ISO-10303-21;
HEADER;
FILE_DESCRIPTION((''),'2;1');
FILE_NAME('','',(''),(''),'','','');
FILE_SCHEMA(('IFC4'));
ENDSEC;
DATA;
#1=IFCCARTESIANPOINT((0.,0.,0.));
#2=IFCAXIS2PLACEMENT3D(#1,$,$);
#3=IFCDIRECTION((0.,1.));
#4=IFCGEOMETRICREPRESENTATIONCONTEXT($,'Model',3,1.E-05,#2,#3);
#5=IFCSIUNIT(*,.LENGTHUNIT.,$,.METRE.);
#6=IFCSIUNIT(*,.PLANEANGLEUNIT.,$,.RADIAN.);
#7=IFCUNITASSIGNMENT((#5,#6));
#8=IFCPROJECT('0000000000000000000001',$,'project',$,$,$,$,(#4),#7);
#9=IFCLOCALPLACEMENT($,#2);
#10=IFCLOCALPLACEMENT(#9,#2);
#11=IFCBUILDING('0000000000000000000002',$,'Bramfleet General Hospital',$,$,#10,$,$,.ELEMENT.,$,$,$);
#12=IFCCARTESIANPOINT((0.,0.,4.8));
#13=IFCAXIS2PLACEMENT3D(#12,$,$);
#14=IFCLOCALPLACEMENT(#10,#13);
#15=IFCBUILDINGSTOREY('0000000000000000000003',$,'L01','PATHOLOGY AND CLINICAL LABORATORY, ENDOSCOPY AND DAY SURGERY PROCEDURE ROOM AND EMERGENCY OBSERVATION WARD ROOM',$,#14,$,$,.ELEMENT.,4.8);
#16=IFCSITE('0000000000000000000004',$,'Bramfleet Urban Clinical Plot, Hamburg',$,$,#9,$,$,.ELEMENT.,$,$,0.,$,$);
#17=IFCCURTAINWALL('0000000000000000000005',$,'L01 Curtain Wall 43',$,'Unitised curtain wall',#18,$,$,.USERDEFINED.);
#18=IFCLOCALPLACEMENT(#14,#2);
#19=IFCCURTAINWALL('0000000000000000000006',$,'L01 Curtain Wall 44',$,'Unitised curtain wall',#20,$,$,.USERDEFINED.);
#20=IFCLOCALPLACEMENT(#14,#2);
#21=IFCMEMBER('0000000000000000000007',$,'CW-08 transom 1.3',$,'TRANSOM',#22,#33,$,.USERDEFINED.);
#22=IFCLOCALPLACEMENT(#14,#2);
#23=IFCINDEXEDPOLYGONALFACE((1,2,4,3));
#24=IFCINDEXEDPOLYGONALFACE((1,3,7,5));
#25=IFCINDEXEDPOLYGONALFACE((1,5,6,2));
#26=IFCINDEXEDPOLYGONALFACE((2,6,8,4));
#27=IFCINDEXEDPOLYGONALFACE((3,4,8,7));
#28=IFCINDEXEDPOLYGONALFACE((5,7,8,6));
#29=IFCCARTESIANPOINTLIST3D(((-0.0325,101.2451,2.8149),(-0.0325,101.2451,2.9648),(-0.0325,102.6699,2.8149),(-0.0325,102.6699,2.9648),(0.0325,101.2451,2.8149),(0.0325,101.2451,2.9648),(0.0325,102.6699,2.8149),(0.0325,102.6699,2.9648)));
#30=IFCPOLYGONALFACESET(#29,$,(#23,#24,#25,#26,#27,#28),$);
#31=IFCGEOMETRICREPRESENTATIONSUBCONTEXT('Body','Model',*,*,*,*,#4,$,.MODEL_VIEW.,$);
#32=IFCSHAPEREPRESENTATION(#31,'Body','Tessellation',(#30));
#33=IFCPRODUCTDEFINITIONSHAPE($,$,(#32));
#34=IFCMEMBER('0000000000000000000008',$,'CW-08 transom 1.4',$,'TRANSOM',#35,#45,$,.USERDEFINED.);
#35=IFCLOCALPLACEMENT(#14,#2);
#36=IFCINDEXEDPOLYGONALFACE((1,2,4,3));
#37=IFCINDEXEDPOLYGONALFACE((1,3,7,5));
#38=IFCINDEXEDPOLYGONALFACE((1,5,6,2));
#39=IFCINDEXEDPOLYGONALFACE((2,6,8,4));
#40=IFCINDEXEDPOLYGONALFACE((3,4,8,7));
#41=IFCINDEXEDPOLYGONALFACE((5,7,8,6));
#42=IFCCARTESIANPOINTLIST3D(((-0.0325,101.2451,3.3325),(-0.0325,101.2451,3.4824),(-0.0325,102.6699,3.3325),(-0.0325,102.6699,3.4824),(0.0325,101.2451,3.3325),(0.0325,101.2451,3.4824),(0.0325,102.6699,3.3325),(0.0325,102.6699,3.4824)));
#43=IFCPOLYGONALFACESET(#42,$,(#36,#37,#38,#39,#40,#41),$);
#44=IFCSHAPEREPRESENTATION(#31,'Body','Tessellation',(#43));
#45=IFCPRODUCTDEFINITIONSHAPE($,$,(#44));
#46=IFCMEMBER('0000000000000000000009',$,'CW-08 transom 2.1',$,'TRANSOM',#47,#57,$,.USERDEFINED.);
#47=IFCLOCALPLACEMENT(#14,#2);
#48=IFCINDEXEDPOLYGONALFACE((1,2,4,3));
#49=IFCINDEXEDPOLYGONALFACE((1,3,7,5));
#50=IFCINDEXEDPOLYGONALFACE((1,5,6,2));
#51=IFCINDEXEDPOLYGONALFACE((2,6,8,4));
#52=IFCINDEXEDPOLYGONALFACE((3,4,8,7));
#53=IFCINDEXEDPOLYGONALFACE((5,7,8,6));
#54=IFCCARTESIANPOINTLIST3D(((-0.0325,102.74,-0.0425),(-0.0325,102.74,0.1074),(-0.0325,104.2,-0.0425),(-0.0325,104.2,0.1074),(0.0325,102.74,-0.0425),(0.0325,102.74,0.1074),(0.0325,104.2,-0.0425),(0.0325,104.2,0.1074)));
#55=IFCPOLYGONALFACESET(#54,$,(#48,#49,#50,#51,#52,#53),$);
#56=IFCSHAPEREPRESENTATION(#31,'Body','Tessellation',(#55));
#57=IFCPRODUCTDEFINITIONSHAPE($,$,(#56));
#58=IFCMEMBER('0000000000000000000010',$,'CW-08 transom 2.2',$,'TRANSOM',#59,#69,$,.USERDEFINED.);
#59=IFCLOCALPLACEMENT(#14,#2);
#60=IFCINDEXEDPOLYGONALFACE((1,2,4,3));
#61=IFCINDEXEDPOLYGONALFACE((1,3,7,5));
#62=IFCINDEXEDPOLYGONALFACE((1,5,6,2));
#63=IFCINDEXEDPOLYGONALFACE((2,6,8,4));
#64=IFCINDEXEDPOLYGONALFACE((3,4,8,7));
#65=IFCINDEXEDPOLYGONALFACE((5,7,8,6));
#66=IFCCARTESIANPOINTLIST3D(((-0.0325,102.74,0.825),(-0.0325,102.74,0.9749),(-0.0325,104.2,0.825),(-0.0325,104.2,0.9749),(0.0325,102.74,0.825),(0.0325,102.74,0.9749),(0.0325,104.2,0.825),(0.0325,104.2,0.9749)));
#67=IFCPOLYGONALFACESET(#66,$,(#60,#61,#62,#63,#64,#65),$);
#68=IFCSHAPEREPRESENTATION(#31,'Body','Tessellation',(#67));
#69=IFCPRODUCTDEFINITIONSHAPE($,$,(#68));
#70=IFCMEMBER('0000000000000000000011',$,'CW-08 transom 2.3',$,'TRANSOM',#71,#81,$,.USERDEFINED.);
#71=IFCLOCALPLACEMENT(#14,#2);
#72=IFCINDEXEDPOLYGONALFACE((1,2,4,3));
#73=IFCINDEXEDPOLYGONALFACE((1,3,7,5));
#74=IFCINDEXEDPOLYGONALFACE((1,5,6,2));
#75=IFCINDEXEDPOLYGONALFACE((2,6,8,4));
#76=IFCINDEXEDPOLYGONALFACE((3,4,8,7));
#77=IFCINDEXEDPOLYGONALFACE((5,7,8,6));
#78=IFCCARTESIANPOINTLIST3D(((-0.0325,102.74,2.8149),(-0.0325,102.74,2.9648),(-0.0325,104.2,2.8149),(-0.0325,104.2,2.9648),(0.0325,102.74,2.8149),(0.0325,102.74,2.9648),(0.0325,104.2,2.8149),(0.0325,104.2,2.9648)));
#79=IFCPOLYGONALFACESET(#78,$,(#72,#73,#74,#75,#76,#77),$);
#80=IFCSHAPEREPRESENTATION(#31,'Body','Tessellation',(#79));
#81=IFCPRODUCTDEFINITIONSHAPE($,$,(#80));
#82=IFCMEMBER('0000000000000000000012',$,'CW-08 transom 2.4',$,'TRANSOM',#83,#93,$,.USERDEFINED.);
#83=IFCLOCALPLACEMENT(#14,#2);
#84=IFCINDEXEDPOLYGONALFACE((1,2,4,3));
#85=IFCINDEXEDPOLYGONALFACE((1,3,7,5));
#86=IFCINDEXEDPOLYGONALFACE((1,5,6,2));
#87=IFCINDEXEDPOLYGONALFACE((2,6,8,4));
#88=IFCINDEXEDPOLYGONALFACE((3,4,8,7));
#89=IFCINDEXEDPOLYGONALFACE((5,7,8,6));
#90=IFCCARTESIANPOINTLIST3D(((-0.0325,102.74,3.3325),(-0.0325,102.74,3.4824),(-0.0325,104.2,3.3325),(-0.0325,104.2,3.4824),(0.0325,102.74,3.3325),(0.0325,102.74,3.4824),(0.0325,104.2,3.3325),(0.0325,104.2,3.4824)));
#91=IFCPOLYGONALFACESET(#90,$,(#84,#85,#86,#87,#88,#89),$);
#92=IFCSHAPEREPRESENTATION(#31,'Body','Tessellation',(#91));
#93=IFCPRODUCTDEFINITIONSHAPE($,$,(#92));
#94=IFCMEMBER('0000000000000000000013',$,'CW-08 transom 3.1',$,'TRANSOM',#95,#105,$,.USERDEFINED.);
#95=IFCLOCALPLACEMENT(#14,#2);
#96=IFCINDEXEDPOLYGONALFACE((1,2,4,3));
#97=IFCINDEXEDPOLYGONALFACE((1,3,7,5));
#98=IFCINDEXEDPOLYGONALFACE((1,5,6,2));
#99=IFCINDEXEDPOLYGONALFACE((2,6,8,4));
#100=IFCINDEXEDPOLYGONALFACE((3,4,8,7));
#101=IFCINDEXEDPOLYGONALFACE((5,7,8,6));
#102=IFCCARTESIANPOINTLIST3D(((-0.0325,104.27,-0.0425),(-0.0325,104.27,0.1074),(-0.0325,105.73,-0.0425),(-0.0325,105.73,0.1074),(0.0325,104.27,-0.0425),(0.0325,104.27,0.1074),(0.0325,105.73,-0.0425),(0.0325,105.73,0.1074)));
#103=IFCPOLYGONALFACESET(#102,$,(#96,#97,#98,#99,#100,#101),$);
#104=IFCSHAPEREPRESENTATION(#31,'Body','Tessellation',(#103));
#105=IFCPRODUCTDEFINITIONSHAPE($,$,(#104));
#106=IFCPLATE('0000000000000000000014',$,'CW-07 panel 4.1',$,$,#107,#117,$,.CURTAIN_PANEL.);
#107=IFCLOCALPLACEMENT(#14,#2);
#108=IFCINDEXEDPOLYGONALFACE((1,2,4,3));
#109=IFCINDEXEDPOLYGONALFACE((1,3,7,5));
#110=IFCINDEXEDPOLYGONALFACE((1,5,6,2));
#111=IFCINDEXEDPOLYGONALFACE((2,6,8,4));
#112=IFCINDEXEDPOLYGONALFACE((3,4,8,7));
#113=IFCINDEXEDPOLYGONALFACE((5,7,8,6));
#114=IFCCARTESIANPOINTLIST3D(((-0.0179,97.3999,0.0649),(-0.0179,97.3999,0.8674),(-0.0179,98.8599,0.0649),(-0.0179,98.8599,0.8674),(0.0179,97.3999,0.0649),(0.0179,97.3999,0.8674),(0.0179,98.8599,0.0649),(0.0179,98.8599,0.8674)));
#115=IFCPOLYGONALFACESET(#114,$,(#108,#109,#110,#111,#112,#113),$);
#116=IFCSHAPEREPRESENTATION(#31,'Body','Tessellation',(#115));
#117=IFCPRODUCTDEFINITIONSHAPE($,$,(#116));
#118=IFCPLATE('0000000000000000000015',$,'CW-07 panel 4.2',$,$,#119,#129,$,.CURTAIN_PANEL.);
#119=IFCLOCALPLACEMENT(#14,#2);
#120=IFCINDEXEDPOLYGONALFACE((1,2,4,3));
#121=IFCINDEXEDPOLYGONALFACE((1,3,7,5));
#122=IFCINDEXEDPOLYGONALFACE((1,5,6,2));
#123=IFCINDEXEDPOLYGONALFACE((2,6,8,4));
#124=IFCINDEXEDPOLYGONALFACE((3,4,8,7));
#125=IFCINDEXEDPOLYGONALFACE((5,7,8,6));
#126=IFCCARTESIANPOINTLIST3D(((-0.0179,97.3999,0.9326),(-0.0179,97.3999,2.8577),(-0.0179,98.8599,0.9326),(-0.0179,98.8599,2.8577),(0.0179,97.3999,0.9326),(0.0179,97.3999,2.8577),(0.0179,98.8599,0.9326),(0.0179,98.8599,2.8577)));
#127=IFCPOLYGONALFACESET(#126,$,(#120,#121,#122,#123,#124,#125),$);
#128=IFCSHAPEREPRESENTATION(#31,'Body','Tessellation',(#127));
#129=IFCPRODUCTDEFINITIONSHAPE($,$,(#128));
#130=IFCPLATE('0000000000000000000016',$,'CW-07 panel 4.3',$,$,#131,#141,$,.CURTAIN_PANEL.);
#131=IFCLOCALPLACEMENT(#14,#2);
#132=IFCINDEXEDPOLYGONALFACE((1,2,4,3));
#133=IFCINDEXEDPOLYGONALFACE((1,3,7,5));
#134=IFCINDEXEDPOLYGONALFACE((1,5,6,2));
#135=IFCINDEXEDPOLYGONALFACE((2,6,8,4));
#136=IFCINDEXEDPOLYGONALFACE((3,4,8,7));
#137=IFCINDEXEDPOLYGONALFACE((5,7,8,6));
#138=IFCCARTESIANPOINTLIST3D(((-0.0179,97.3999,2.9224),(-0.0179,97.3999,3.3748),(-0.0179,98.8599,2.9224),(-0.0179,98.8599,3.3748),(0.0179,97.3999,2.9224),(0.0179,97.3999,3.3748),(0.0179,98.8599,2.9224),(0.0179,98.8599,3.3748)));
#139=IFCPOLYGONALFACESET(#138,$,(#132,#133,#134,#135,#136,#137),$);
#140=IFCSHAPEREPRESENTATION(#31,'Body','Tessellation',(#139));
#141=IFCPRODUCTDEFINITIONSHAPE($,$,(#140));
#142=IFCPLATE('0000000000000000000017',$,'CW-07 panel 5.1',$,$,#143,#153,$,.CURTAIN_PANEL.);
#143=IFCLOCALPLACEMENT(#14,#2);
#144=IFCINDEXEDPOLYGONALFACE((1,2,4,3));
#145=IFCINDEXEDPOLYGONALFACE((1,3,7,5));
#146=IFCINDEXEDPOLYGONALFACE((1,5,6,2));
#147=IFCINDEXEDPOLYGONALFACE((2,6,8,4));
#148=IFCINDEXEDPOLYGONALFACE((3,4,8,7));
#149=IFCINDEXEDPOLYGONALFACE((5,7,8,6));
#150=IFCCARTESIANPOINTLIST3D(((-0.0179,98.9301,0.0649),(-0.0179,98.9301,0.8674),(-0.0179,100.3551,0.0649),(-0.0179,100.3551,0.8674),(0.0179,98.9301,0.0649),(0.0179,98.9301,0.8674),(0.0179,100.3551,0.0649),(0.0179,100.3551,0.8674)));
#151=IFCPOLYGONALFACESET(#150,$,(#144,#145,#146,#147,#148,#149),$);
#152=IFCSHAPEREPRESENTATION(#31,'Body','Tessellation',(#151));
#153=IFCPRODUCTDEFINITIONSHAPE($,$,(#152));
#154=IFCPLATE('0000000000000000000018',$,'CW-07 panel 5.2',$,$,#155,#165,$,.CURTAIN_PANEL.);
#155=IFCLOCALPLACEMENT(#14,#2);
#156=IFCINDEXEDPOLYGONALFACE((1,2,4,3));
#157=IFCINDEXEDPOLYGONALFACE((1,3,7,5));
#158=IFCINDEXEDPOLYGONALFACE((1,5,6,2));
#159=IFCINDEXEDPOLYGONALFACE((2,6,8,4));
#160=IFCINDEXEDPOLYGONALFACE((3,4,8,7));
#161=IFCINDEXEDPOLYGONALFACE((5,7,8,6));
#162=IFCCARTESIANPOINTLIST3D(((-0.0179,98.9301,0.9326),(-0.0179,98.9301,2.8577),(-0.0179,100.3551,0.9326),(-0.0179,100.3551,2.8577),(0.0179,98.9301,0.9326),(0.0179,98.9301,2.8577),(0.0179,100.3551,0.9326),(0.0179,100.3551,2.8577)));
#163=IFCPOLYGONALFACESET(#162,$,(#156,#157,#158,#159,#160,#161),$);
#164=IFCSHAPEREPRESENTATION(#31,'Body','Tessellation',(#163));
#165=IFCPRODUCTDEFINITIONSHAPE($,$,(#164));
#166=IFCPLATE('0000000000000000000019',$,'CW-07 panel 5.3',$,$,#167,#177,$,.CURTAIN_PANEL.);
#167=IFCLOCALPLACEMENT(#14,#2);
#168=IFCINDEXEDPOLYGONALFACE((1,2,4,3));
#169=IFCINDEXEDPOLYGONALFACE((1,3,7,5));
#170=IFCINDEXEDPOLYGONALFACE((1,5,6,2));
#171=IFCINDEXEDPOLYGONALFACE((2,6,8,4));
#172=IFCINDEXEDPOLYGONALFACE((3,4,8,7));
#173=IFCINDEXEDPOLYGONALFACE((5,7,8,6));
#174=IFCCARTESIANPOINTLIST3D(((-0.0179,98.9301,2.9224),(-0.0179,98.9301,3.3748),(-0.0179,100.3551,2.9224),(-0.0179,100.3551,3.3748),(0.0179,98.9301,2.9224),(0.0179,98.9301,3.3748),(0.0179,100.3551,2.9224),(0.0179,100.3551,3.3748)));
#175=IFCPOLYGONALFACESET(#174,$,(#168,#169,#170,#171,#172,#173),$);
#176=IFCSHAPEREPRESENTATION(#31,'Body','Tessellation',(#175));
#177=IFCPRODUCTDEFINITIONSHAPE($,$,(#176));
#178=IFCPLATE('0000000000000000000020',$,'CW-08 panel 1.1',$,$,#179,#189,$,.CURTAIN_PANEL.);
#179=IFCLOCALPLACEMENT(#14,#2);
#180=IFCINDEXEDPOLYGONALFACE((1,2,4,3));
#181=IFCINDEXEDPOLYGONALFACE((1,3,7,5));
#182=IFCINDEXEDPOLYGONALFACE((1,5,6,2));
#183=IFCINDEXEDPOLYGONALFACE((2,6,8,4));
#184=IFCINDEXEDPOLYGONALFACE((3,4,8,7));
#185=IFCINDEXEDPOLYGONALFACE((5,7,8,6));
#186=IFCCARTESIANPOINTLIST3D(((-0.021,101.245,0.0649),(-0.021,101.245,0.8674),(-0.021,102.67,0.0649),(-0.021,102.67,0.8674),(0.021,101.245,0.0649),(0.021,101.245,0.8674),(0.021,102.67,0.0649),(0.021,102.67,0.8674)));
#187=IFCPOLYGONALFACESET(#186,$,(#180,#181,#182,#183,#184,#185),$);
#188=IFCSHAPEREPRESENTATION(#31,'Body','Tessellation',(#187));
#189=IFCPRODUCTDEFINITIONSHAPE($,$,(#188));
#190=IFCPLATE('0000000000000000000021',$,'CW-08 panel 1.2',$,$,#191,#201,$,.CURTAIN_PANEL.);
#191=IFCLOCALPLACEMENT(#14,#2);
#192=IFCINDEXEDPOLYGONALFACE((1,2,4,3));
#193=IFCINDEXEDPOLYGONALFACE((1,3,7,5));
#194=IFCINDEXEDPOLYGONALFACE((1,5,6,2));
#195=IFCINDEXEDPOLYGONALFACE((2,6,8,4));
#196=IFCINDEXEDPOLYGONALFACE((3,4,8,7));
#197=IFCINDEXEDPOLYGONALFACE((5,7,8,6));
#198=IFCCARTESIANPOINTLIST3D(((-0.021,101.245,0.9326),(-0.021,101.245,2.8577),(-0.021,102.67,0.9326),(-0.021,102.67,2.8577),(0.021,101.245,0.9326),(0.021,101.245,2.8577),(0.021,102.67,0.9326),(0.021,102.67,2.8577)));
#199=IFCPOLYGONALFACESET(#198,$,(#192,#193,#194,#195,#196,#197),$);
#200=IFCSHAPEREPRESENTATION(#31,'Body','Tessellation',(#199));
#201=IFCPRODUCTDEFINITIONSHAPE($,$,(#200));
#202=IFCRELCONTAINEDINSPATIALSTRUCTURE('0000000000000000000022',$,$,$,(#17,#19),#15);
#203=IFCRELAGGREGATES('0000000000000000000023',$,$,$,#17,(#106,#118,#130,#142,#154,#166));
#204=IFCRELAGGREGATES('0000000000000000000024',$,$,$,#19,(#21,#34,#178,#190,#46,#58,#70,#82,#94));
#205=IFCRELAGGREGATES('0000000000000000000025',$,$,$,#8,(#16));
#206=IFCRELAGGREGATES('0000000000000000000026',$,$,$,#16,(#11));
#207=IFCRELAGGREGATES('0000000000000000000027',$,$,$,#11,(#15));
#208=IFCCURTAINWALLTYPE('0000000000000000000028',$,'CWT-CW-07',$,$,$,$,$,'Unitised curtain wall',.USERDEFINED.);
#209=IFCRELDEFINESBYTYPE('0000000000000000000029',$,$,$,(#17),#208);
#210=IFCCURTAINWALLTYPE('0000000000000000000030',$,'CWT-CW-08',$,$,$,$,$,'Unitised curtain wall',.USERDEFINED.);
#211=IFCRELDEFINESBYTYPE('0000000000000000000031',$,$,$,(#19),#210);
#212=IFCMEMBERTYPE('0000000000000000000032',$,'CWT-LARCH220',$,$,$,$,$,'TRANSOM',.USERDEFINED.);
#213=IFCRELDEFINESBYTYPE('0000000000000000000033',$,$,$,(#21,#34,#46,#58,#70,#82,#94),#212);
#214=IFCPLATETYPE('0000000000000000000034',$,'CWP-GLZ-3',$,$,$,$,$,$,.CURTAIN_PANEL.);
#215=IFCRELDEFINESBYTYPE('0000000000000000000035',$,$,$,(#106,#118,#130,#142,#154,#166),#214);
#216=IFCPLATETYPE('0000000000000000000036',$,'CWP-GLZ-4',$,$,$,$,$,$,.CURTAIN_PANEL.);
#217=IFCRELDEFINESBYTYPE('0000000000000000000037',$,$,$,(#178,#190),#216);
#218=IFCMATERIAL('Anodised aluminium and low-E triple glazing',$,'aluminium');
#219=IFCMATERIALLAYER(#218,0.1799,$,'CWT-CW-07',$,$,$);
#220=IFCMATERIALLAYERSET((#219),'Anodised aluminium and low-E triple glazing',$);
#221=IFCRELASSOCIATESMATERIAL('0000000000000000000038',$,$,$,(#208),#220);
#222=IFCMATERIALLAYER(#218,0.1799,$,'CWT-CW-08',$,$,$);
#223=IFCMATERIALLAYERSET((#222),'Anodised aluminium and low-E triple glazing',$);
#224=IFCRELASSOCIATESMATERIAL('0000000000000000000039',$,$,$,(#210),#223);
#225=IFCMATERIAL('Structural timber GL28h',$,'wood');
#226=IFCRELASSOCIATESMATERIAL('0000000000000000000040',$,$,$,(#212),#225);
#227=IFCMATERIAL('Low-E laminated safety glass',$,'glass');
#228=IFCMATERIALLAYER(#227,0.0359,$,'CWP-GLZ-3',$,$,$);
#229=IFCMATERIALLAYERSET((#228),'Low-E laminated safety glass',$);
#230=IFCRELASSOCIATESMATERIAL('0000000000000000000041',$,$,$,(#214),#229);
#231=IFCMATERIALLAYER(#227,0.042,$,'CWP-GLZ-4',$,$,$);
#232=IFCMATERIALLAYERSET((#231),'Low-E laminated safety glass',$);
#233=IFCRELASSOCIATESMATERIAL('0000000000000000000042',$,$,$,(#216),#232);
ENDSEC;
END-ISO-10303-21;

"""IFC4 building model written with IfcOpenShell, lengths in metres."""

from ifc_helpers import new_model, si_unit, direction, frame, origin, origin_2d, place, context, subcontext, project, spatial, rectangle, extrude, material, layer, layer_set, material_profile, profile_set, type_object, element, aggregate, save


model = new_model("IFC4")

# Units and contexts
model_context = context("Model", 3, precision=1e-05, world=origin(), true_north=direction((0.0, 1.0)))
body_context = subcontext(model_context, "Body", "Model", "MODEL_VIEW")
ifc_project = project(units=[si_unit("LENGTHUNIT", "METRE"), si_unit("PLANEANGLEUNIT", "RADIAN")], contexts=[model_context])

# Site, building, storey
site_placement = place(None, origin())
site = spatial("IfcSite", under=ifc_project, at=site_placement, Name="Bramfleet Urban Clinical Plot, Hamburg", CompositionType="ELEMENT", RefElevation=0.0)
building_placement = place(site_placement, origin())
building = spatial("IfcBuilding", under=site, at=building_placement, Name="Bramfleet General Hospital", CompositionType="ELEMENT")
storey_placement = place(building_placement, frame((0.0, 0.0, 4.8)))
storey = spatial("IfcBuildingStorey", under=building, at=storey_placement, Name="L01", Description="PATHOLOGY AND CLINICAL LABORATORY, ENDOSCOPY AND DAY SURGERY PROCEDURE ROOM AND EMERGENCY OBSERVATION WARD ROOM", CompositionType="ELEMENT", Elevation=4.8)

# Curtain walls
ifc_material_1 = material(Name="Anodised aluminium and low-E triple glazing", Category="aluminium")
ifc_layer_1 = layer(ifc_material_1, 0.1799, Name="CWT-CW-07")
ifc_layer_set_1 = layer_set([ifc_layer_1], Name="Anodised aluminium and low-E triple glazing")
curtain_wall_type_1 = type_object("IfcCurtainWallType", Name="CWT-CW-07", ElementType="Unitised curtain wall", PredefinedType="USERDEFINED", material=ifc_layer_set_1)
curtain_wall_1_placement = place(storey_placement, origin())
curtain_wall_1 = element("IfcCurtainWall", 1, at=curtain_wall_1_placement, inside=storey, type_object=curtain_wall_type_1, Name="L01 Curtain Wall 43", ObjectType="Unitised curtain wall", PredefinedType="USERDEFINED")
ifc_material_2 = material(Name="Structural timber GL28h", Category="wood")
ifc_layer_2 = layer(ifc_material_1, 0.1799, Name="CWT-CW-08")
ifc_layer_set_2 = layer_set([ifc_layer_2], Name="Anodised aluminium and low-E triple glazing")
curtain_wall_type_2 = type_object("IfcCurtainWallType", Name="CWT-CW-08", ElementType="Unitised curtain wall", PredefinedType="USERDEFINED", material=ifc_layer_set_2)
curtain_wall_2_placement = place(storey_placement, origin())
curtain_wall_2 = element("IfcCurtainWall", 2, at=curtain_wall_2_placement, inside=storey, type_object=curtain_wall_type_2, Name="L01 Curtain Wall 44", ObjectType="Unitised curtain wall", PredefinedType="USERDEFINED")

# Members
ifc_material_profile_1 = material_profile(ifc_material_2, rectangle(XDim=0.0649, YDim=0.1499, at=origin_2d()), Name="LARCH 150x65")
ifc_profile_set_1 = profile_set([ifc_material_profile_1], Name="Structural timber GL28h")
member_type_1 = type_object("IfcMemberType", Name="CWT-LARCH220", ElementType="TRANSOM", PredefinedType="USERDEFINED", material=ifc_profile_set_1)
member_1_placement = place(storey_placement, frame((0.0, 101.2451, 2.8899), z_axis=(0.0, 1.0, 0.0), x_axis=(-1.0, 0.0, 0.0)))
member_1 = element("IfcMember", 3, at=member_1_placement, type_object=member_type_1, Name="CW-08 transom 1.3", ObjectType="TRANSOM", PredefinedType="USERDEFINED", context=body_context, shape_type="SweptSolid", body=[
    extrude(rectangle(XDim=0.0649, YDim=0.1499, at=origin_2d()), origin(), (0.0, 0.0, 1.0), 1.4248),
])
member_2_placement = place(storey_placement, frame((0.0, 101.2451, 3.4075), z_axis=(0.0, 1.0, 0.0), x_axis=(-1.0, 0.0, 0.0)))
member_2 = element("IfcMember", 4, at=member_2_placement, type_object=member_type_1, Name="CW-08 transom 1.4", ObjectType="TRANSOM", PredefinedType="USERDEFINED", context=body_context, shape_type="SweptSolid", body=[
    extrude(rectangle(XDim=0.0649, YDim=0.1499, at=origin_2d()), origin(), (0.0, 0.0, 1.0), 1.4248),
])
member_3_placement = place(storey_placement, frame((0.0, 102.74, 0.0325), z_axis=(0.0, 1.0, 0.0), x_axis=(-1.0, 0.0, 0.0)))
member_3 = element("IfcMember", 5, at=member_3_placement, type_object=member_type_1, Name="CW-08 transom 2.1", ObjectType="TRANSOM", PredefinedType="USERDEFINED", context=body_context, shape_type="SweptSolid", body=[
    extrude(rectangle(XDim=0.0649, YDim=0.1499, at=origin_2d()), origin(), (0.0, 0.0, 1.0), 1.46),
])
member_4_placement = place(storey_placement, frame((0.0, 102.74, 0.8999), z_axis=(0.0, 1.0, 0.0), x_axis=(-1.0, 0.0, 0.0)))
member_4 = element("IfcMember", 6, at=member_4_placement, type_object=member_type_1, Name="CW-08 transom 2.2", ObjectType="TRANSOM", PredefinedType="USERDEFINED", context=body_context, shape_type="SweptSolid", body=[
    extrude(rectangle(XDim=0.0649, YDim=0.1499, at=origin_2d()), origin(), (0.0, 0.0, 1.0), 1.46),
])
member_5_placement = place(storey_placement, frame((0.0, 102.74, 2.8899), z_axis=(0.0, 1.0, 0.0), x_axis=(-1.0, 0.0, 0.0)))
member_5 = element("IfcMember", 7, at=member_5_placement, type_object=member_type_1, Name="CW-08 transom 2.3", ObjectType="TRANSOM", PredefinedType="USERDEFINED", context=body_context, shape_type="SweptSolid", body=[
    extrude(rectangle(XDim=0.0649, YDim=0.1499, at=origin_2d()), origin(), (0.0, 0.0, 1.0), 1.46),
])
member_6_placement = place(storey_placement, frame((0.0, 102.74, 3.4075), z_axis=(0.0, 1.0, 0.0), x_axis=(-1.0, 0.0, 0.0)))
member_6 = element("IfcMember", 8, at=member_6_placement, type_object=member_type_1, Name="CW-08 transom 2.4", ObjectType="TRANSOM", PredefinedType="USERDEFINED", context=body_context, shape_type="SweptSolid", body=[
    extrude(rectangle(XDim=0.0649, YDim=0.1499, at=origin_2d()), origin(), (0.0, 0.0, 1.0), 1.46),
])
member_7_placement = place(storey_placement, frame((0.0, 104.27, 0.0325), z_axis=(0.0, 1.0, 0.0), x_axis=(-1.0, 0.0, 0.0)))
member_7 = element("IfcMember", 9, at=member_7_placement, type_object=member_type_1, Name="CW-08 transom 3.1", ObjectType="TRANSOM", PredefinedType="USERDEFINED", context=body_context, shape_type="SweptSolid", body=[
    extrude(rectangle(XDim=0.0649, YDim=0.1499, at=origin_2d()), origin(), (0.0, 0.0, 1.0), 1.46),
])

# Plates
ifc_material_3 = material(Name="Low-E laminated safety glass", Category="glass")
ifc_layer_3 = layer(ifc_material_3, 0.0359, Name="CWP-GLZ-3")
ifc_layer_set_3 = layer_set([ifc_layer_3], Name="Low-E laminated safety glass")
plate_type_1 = type_object("IfcPlateType", Name="CWP-GLZ-3", PredefinedType="CURTAIN_PANEL", material=ifc_layer_set_3)
plate_1_placement = place(storey_placement, frame((0.0, 98.1299, 0.0649), z_axis=(0.0, 0.0, 1.0), x_axis=(0.0, 1.0, 0.0)))
plate_1 = element("IfcPlate", 10, at=plate_1_placement, type_object=plate_type_1, Name="CW-07 panel 4.1", PredefinedType="CURTAIN_PANEL", context=body_context, shape_type="SweptSolid", body=[
    extrude(rectangle(XDim=1.46, YDim=0.0359, at=origin_2d()), origin(), (0.0, 0.0, 1.0), 0.8025),
])
plate_2_placement = place(storey_placement, frame((0.0, 98.1299, 0.9326), z_axis=(0.0, 0.0, 1.0), x_axis=(0.0, 1.0, 0.0)))
plate_2 = element("IfcPlate", 11, at=plate_2_placement, type_object=plate_type_1, Name="CW-07 panel 4.2", PredefinedType="CURTAIN_PANEL", context=body_context, shape_type="SweptSolid", body=[
    extrude(rectangle(XDim=1.46, YDim=0.0359, at=origin_2d()), origin(), (0.0, 0.0, 1.0), 1.925),
])
plate_3_placement = place(storey_placement, frame((0.0, 98.1299, 2.9224), z_axis=(0.0, 0.0, 1.0), x_axis=(0.0, 1.0, 0.0)))
plate_3 = element("IfcPlate", 12, at=plate_3_placement, type_object=plate_type_1, Name="CW-07 panel 4.3", PredefinedType="CURTAIN_PANEL", context=body_context, shape_type="SweptSolid", body=[
    extrude(rectangle(XDim=1.46, YDim=0.0359, at=origin_2d()), origin(), (0.0, 0.0, 1.0), 0.4524),
])
plate_4_placement = place(storey_placement, frame((0.0, 99.6426, 0.0649), z_axis=(0.0, 0.0, 1.0), x_axis=(0.0, 1.0, 0.0)))
plate_4 = element("IfcPlate", 13, at=plate_4_placement, type_object=plate_type_1, Name="CW-07 panel 5.1", PredefinedType="CURTAIN_PANEL", context=body_context, shape_type="SweptSolid", body=[
    extrude(rectangle(XDim=1.425, YDim=0.0359, at=origin_2d()), origin(), (0.0, 0.0, 1.0), 0.8025),
])
plate_5_placement = place(storey_placement, frame((0.0, 99.6426, 0.9326), z_axis=(0.0, 0.0, 1.0), x_axis=(0.0, 1.0, 0.0)))
plate_5 = element("IfcPlate", 14, at=plate_5_placement, type_object=plate_type_1, Name="CW-07 panel 5.2", PredefinedType="CURTAIN_PANEL", context=body_context, shape_type="SweptSolid", body=[
    extrude(rectangle(XDim=1.425, YDim=0.0359, at=origin_2d()), origin(), (0.0, 0.0, 1.0), 1.925),
])
plate_6_placement = place(storey_placement, frame((0.0, 99.6426, 2.9224), z_axis=(0.0, 0.0, 1.0), x_axis=(0.0, 1.0, 0.0)))
plate_6 = element("IfcPlate", 15, at=plate_6_placement, type_object=plate_type_1, Name="CW-07 panel 5.3", PredefinedType="CURTAIN_PANEL", context=body_context, shape_type="SweptSolid", body=[
    extrude(rectangle(XDim=1.425, YDim=0.0359, at=origin_2d()), origin(), (0.0, 0.0, 1.0), 0.4524),
])
aggregate(curtain_wall_1, [plate_1, plate_2, plate_3, plate_4, plate_5, plate_6])
ifc_layer_4 = layer(ifc_material_3, 0.042, Name="CWP-GLZ-4")
ifc_layer_set_4 = layer_set([ifc_layer_4], Name="Low-E laminated safety glass")
plate_type_2 = type_object("IfcPlateType", Name="CWP-GLZ-4", PredefinedType="CURTAIN_PANEL", material=ifc_layer_set_4)
plate_7_placement = place(storey_placement, frame((0.0, 101.9575, 0.0649), z_axis=(0.0, 0.0, 1.0), x_axis=(0.0, 1.0, 0.0)))
plate_7 = element("IfcPlate", 16, at=plate_7_placement, type_object=plate_type_2, Name="CW-08 panel 1.1", PredefinedType="CURTAIN_PANEL", context=body_context, shape_type="SweptSolid", body=[
    extrude(rectangle(XDim=1.425, YDim=0.042, at=origin_2d()), origin(), (0.0, 0.0, 1.0), 0.8025),
])
plate_8_placement = place(storey_placement, frame((0.0, 101.9575, 0.9326), z_axis=(0.0, 0.0, 1.0), x_axis=(0.0, 1.0, 0.0)))
plate_8 = element("IfcPlate", 17, at=plate_8_placement, type_object=plate_type_2, Name="CW-08 panel 1.2", PredefinedType="CURTAIN_PANEL", context=body_context, shape_type="SweptSolid", body=[
    extrude(rectangle(XDim=1.425, YDim=0.042, at=origin_2d()), origin(), (0.0, 0.0, 1.0), 1.925),
])
aggregate(curtain_wall_2, [member_1, member_2, plate_7, plate_8, member_3, member_4, member_5, member_6, member_7])

save(model, "model.ifc")
